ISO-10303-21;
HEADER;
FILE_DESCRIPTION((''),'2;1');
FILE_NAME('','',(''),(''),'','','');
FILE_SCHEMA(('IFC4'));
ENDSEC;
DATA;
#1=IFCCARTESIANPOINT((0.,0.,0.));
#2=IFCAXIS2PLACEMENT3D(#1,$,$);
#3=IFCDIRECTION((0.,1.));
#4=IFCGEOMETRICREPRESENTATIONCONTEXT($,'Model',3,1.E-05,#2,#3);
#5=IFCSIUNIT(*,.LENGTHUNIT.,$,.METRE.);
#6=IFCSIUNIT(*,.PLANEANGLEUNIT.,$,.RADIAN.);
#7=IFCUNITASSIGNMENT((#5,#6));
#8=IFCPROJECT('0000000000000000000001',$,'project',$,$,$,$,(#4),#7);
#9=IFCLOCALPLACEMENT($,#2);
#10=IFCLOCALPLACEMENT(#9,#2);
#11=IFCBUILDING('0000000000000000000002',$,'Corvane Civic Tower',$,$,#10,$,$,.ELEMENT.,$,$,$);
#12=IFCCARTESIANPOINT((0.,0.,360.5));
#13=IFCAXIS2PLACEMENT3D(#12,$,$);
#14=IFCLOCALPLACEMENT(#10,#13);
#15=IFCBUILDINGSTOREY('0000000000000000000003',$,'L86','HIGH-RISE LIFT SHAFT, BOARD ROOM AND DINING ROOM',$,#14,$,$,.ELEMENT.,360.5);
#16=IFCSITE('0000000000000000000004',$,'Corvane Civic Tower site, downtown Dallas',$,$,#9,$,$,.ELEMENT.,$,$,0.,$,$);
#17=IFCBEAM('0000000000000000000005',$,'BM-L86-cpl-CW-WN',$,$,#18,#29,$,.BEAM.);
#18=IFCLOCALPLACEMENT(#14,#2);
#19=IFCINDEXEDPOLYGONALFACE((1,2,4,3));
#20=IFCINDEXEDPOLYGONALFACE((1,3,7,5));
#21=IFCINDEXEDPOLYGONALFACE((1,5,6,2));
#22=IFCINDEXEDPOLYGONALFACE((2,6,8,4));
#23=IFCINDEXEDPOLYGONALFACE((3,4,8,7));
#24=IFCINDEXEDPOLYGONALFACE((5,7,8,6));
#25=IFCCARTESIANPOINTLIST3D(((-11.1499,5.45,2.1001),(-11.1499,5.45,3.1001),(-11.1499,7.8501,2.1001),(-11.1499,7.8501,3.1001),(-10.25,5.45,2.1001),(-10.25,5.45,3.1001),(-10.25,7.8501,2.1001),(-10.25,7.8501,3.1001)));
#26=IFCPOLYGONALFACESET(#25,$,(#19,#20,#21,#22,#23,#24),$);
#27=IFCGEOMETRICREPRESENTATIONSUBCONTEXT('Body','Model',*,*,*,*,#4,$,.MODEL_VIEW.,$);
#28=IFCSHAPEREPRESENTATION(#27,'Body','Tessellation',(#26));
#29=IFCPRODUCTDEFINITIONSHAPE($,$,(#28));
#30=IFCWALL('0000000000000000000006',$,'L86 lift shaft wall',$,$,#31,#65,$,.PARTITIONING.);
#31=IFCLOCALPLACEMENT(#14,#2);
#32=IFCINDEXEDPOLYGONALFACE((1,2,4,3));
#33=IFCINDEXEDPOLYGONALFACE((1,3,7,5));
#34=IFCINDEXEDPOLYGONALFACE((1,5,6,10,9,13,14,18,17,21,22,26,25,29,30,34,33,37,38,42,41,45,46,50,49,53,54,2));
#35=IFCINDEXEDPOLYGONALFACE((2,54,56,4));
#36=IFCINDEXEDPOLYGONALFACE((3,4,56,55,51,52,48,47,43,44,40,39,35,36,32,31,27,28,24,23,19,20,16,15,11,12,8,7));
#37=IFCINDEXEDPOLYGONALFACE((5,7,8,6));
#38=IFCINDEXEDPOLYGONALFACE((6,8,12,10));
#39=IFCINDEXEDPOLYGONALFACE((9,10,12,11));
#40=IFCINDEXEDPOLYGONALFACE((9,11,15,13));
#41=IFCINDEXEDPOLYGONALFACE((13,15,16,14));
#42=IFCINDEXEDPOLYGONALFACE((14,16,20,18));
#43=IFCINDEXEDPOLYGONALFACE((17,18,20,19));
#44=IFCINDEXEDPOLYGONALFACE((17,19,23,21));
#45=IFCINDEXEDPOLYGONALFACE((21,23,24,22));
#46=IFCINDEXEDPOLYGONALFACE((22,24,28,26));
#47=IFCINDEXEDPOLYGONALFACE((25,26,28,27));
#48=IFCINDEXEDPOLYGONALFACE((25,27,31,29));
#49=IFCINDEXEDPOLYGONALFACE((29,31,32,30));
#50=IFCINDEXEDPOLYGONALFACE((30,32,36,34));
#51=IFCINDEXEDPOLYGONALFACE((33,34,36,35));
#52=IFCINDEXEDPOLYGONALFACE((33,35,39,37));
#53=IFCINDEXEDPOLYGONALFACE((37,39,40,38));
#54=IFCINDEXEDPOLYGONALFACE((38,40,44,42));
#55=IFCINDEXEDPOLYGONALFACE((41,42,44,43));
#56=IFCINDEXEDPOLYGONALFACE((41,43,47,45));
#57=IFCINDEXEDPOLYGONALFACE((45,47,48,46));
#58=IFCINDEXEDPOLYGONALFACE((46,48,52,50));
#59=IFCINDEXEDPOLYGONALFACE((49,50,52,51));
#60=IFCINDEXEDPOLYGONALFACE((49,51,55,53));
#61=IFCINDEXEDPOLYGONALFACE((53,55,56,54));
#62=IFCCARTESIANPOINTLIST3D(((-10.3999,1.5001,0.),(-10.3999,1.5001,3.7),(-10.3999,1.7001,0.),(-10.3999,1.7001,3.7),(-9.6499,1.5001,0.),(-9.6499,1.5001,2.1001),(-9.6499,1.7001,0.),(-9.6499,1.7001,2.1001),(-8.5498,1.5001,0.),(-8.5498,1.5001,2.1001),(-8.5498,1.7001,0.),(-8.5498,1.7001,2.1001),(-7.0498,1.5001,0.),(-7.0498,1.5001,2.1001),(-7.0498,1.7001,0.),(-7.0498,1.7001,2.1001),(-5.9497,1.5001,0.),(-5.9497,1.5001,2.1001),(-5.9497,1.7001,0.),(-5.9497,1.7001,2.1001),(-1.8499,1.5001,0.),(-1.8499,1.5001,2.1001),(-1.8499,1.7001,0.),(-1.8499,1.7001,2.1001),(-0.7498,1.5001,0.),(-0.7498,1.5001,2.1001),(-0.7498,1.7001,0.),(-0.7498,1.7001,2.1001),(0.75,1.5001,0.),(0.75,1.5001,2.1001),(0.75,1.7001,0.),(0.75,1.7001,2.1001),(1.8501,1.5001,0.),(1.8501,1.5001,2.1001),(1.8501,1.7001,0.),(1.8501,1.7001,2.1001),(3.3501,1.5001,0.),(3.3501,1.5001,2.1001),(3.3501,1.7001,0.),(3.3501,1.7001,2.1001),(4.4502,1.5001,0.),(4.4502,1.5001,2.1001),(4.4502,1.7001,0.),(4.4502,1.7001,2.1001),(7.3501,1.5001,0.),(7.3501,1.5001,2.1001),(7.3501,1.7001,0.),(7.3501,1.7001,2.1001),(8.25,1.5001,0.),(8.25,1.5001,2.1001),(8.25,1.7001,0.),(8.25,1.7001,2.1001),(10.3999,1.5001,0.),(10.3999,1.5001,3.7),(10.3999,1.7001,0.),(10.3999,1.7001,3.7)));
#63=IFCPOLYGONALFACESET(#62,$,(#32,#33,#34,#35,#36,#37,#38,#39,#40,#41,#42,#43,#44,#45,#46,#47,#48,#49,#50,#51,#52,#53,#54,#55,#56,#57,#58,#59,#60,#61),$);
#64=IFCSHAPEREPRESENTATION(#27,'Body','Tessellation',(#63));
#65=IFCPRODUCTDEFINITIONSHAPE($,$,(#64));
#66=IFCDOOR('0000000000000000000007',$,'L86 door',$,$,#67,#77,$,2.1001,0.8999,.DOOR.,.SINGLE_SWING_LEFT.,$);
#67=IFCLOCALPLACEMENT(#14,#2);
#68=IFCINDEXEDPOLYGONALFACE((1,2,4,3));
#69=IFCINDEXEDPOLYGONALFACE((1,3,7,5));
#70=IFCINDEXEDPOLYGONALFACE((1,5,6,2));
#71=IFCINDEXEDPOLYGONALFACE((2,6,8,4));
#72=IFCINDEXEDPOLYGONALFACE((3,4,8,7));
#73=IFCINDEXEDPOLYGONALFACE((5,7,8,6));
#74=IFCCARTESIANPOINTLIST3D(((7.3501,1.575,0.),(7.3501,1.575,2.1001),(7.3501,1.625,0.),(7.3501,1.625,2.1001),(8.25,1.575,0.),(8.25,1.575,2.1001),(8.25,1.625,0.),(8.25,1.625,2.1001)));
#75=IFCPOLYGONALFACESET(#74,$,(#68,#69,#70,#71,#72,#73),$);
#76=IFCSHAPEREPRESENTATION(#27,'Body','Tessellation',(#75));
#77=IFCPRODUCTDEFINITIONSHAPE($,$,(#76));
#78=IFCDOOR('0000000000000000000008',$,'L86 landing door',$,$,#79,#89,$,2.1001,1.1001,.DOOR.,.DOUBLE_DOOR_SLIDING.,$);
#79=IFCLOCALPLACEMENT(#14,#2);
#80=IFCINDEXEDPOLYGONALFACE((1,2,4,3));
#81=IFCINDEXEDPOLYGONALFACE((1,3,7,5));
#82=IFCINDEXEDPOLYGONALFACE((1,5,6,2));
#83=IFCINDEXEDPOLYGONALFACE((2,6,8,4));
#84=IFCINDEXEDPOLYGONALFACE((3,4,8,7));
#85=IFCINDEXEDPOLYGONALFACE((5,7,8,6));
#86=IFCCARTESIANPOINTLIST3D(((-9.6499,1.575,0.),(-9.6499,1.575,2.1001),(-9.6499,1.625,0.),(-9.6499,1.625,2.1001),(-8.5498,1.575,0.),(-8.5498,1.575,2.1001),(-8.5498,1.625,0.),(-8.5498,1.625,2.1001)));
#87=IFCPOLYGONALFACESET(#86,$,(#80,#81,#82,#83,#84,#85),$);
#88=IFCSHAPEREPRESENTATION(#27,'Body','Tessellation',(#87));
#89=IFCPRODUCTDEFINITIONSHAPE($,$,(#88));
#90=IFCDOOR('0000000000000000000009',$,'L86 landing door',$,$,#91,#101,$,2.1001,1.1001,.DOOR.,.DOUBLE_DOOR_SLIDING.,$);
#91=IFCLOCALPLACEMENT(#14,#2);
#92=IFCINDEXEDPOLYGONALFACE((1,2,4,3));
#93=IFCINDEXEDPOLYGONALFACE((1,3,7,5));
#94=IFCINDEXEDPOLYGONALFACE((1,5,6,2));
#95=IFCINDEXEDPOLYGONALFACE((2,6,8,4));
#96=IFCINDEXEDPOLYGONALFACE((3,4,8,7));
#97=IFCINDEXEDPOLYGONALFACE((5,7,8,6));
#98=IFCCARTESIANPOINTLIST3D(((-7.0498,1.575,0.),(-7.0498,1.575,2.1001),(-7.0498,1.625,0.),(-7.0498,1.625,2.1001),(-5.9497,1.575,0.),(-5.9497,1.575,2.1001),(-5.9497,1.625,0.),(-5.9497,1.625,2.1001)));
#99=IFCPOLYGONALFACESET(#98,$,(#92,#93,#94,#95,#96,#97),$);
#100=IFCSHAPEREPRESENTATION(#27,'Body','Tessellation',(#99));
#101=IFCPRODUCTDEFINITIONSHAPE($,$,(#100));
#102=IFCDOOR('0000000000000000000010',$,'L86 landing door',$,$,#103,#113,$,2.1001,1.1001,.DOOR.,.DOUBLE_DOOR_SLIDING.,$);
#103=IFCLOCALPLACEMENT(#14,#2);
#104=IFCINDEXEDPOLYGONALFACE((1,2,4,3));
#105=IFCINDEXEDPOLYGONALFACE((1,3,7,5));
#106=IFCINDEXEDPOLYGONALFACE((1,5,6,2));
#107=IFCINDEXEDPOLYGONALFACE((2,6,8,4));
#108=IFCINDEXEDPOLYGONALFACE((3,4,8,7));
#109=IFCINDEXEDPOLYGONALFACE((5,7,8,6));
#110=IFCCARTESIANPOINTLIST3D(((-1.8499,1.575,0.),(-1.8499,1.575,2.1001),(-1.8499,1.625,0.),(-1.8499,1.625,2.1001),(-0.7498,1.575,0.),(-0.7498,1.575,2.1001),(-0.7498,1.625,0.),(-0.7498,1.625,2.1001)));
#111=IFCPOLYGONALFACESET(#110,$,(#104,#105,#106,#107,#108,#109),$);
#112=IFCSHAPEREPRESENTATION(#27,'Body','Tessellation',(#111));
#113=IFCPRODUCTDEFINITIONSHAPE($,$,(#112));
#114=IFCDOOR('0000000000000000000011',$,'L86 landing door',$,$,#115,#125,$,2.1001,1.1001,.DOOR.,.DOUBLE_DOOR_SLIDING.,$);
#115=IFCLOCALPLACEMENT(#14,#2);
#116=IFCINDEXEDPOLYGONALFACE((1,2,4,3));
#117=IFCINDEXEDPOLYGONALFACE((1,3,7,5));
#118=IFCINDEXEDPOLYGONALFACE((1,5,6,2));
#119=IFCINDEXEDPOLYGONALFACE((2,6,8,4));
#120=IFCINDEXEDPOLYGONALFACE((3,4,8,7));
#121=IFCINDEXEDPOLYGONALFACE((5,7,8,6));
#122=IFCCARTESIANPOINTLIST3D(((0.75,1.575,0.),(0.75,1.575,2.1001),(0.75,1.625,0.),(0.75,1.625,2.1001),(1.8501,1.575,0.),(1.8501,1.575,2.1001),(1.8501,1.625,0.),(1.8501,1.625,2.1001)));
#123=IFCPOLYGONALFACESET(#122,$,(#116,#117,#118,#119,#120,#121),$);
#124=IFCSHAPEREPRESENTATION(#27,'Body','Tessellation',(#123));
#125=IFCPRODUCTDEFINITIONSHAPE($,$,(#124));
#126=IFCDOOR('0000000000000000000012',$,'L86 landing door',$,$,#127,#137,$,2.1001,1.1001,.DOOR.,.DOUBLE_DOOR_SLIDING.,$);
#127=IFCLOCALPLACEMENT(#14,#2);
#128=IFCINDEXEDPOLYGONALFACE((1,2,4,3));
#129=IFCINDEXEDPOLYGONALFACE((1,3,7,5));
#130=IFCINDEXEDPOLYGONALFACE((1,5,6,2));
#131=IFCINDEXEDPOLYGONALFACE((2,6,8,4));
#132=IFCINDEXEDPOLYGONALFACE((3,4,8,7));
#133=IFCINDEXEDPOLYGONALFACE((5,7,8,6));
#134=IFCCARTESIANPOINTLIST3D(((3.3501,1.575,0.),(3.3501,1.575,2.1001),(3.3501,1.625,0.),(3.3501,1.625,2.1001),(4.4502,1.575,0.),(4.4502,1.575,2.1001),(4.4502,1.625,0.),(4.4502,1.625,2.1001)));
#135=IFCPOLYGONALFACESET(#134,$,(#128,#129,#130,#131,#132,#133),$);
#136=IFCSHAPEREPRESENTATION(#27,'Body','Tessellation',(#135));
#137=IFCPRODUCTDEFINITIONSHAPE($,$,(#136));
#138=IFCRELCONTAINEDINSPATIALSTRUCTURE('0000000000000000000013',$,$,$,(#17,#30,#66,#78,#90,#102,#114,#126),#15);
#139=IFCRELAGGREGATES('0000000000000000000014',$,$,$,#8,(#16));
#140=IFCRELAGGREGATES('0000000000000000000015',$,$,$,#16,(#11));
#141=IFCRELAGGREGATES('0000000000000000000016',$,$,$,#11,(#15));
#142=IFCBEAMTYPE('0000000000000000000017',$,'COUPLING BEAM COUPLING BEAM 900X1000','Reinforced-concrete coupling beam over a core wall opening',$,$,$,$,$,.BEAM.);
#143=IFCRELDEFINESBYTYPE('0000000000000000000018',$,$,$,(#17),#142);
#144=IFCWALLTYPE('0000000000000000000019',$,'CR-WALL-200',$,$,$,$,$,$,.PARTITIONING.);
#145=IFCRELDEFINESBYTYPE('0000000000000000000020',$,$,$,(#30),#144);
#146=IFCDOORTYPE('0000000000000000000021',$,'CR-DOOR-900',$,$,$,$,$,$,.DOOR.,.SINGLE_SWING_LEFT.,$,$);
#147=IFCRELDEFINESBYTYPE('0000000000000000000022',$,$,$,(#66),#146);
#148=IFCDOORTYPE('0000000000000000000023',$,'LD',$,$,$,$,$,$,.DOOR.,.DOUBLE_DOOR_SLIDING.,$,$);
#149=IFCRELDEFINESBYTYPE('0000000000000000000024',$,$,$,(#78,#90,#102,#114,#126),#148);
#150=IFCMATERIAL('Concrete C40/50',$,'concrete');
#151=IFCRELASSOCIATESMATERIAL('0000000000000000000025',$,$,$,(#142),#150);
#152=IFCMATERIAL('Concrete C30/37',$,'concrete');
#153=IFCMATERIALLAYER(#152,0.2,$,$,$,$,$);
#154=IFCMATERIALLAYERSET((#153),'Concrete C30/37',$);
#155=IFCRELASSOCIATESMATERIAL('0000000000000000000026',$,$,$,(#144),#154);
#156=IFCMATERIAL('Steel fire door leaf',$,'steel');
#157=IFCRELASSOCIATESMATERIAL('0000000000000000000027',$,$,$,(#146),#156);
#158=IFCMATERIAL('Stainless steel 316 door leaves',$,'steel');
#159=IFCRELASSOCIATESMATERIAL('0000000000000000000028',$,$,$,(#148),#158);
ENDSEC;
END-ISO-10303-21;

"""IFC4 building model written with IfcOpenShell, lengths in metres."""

from ifc_helpers import new_model, si_unit, direction, frame, frame_2d, origin, origin_2d, place, context, subcontext, project, spatial, rectangle, extrude, material, layer, layer_set, material_profile, profile_set, type_object, element, fill, save


model = new_model("IFC4")

# Units and contexts
model_context = context("Model", 3, precision=1e-05, world=origin(), true_north=direction((0.0, 1.0)))
body_context = subcontext(model_context, "Body", "Model", "MODEL_VIEW")
ifc_project = project(units=[si_unit("LENGTHUNIT", "METRE"), si_unit("PLANEANGLEUNIT", "RADIAN")], contexts=[model_context])

# Site, building, storey
site_placement = place(None, origin())
site = spatial("IfcSite", under=ifc_project, at=site_placement, Name="Corvane Civic Tower site, downtown Dallas", CompositionType="ELEMENT", RefElevation=0.0)
building_placement = place(site_placement, origin())
building = spatial("IfcBuilding", under=site, at=building_placement, Name="Corvane Civic Tower", CompositionType="ELEMENT")
storey_placement = place(building_placement, frame((0.0, 0.0, 360.5)))
storey = spatial("IfcBuildingStorey", under=building, at=storey_placement, Name="L86", Description="HIGH-RISE LIFT SHAFT, BOARD ROOM AND DINING ROOM", CompositionType="ELEMENT", Elevation=360.5)

# Beam
ifc_material_1 = material(Name="Concrete C40/50", Category="concrete")
ifc_material_profile = material_profile(ifc_material_1, rectangle(XDim=0.8999, YDim=1.0, at=origin_2d()), Name="COUPLING BEAM 900X1000")
ifc_profile_set = profile_set([ifc_material_profile], Name="Concrete C40/50")
beam_type = type_object("IfcBeamType", Name="COUPLING BEAM COUPLING BEAM 900X1000", Description="Reinforced-concrete coupling beam over a core wall opening", PredefinedType="BEAM", material=ifc_profile_set)
beam_placement = place(storey_placement, frame((-10.7, 5.45, 2.6001), z_axis=(0.0, 1.0, 0.0), x_axis=(-1.0, 0.0, 0.0)))
element("IfcBeam", 1, at=beam_placement, inside=storey, type_object=beam_type, Name="BM-L86-cpl-CW-WN", PredefinedType="BEAM", context=body_context, shape_type="SweptSolid", body=[
    extrude(rectangle(XDim=0.8999, YDim=1.0, at=origin_2d()), origin(), (0.0, 0.0, 1.0), 2.4001),
])

# Wall, openings, doors
ifc_material_2 = material(Name="Concrete C30/37", Category="concrete")
ifc_layer_1 = layer(ifc_material_2, 0.2)
ifc_layer_set_1 = layer_set([ifc_layer_1], Name="Concrete C30/37")
wall_type_1 = type_object("IfcWallType", Name="CR-WALL-200", PredefinedType="PARTITIONING", material=ifc_layer_set_1)
wall_1_placement = place(storey_placement, frame((-10.3999, 1.6001, 0.0), z_axis=(0.0, 0.0, 1.0), x_axis=(1.0, 0.0, 0.0)))
wall_1 = element("IfcWall", 2, at=wall_1_placement, inside=storey, type_object=wall_type_1, Name="L86 lift shaft wall", PredefinedType="PARTITIONING", context=body_context, shape_type="SweptSolid", body=[
    extrude(rectangle(XDim=20.7998, YDim=0.2, at=frame_2d((10.3999, 0.0))), origin(), (0.0, 0.0, 1.0), 3.7),
])
opening_1_placement = place(wall_1_placement, frame((0.75, 0.0, 0.0)))
opening_1 = element("IfcOpeningElement", 3, at=opening_1_placement, cuts=wall_1, PredefinedType="OPENING", context=body_context, shape_type="SweptSolid", body=[
    extrude(rectangle(XDim=1.1001, YDim=2.1001, at=frame_2d((0.55, 1.05))), frame((0.0, 0.1099, 0.0), z_axis=(0.0, -1.0, 0.0), x_axis=(1.0, 0.0, 0.0)), (0.0, 0.0, 1.0), 0.22),
])
opening_2_placement = place(wall_1_placement, frame((3.3501, 0.0, 0.0)))
opening_2 = element("IfcOpeningElement", 4, at=opening_2_placement, cuts=wall_1, PredefinedType="OPENING", context=body_context, shape_type="SweptSolid", body=[
    extrude(rectangle(XDim=1.1001, YDim=2.1001, at=frame_2d((0.55, 1.05))), frame((0.0, 0.1099, 0.0), z_axis=(0.0, -1.0, 0.0), x_axis=(1.0, 0.0, 0.0)), (0.0, 0.0, 1.0), 0.22),
])
opening_3_placement = place(wall_1_placement, frame((8.55, 0.0, 0.0)))
opening_3 = element("IfcOpeningElement", 5, at=opening_3_placement, cuts=wall_1, PredefinedType="OPENING", context=body_context, shape_type="SweptSolid", body=[
    extrude(rectangle(XDim=1.1001, YDim=2.1001, at=frame_2d((0.55, 1.05))), frame((0.0, 0.1099, 0.0), z_axis=(0.0, -1.0, 0.0), x_axis=(1.0, 0.0, 0.0)), (0.0, 0.0, 1.0), 0.22),
])
opening_4_placement = place(wall_1_placement, frame((11.1499, 0.0, 0.0)))
opening_4 = element("IfcOpeningElement", 6, at=opening_4_placement, cuts=wall_1, PredefinedType="OPENING", context=body_context, shape_type="SweptSolid", body=[
    extrude(rectangle(XDim=1.1001, YDim=2.1001, at=frame_2d((0.55, 1.05))), frame((0.0, 0.1099, 0.0), z_axis=(0.0, -1.0, 0.0), x_axis=(1.0, 0.0, 0.0)), (0.0, 0.0, 1.0), 0.22),
])
opening_5_placement = place(wall_1_placement, frame((13.75, 0.0, 0.0)))
opening_5 = element("IfcOpeningElement", 7, at=opening_5_placement, cuts=wall_1, PredefinedType="OPENING", context=body_context, shape_type="SweptSolid", body=[
    extrude(rectangle(XDim=1.1001, YDim=2.1001, at=frame_2d((0.55, 1.05))), frame((0.0, 0.1099, 0.0), z_axis=(0.0, -1.0, 0.0), x_axis=(1.0, 0.0, 0.0)), (0.0, 0.0, 1.0), 0.22),
])
opening_6_placement = place(wall_1_placement, frame((17.75, 0.0, 0.0)))
opening_6 = element("IfcOpeningElement", 8, at=opening_6_placement, cuts=wall_1, PredefinedType="OPENING", context=body_context, shape_type="SweptSolid", body=[
    extrude(rectangle(XDim=0.8999, YDim=2.1001, at=frame_2d((0.45, 1.05))), frame((0.0, 0.1099, 0.0), z_axis=(0.0, -1.0, 0.0), x_axis=(1.0, 0.0, 0.0)), (0.0, 0.0, 1.0), 0.22),
])
ifc_material_3 = material(Name="Steel fire door leaf", Category="steel")
door_type_1 = type_object("IfcDoorType", Name="CR-DOOR-900", OperationType="SINGLE_SWING_LEFT", PredefinedType="DOOR", material=ifc_material_3)
door_1_placement = place(opening_6_placement, origin())
door_1 = element("IfcDoor", 9, at=door_1_placement, inside=storey, type_object=door_type_1, Name="L86 door", OperationType="SINGLE_SWING_LEFT", OverallHeight=2.1001, OverallWidth=0.8999, PredefinedType="DOOR", context=body_context, shape_type="SweptSolid", body=[
    extrude(rectangle(XDim=0.8999, YDim=2.1001, at=frame_2d((0.45, 1.05))), frame((0.0, 0.0249, 0.0), z_axis=(0.0, -1.0, 0.0), x_axis=(1.0, 0.0, 0.0)), (0.0, 0.0, 1.0), 0.05),
])
fill(opening_6, door_1)
ifc_material_4 = material(Name="Stainless steel 316 door leaves", Category="steel")
door_type_2 = type_object("IfcDoorType", Name="LD", OperationType="DOUBLE_DOOR_SLIDING", PredefinedType="DOOR", material=ifc_material_4)
door_2_placement = place(opening_1_placement, origin())
door_2 = element("IfcDoor", 10, at=door_2_placement, inside=storey, type_object=door_type_2, Name="L86 landing door", OperationType="DOUBLE_DOOR_SLIDING", OverallHeight=2.1001, OverallWidth=1.1001, PredefinedType="DOOR", context=body_context, shape_type="SweptSolid", body=[
    extrude(rectangle(XDim=1.1001, YDim=2.1001, at=frame_2d((0.55, 1.05))), frame((0.0, 0.0249, 0.0), z_axis=(0.0, -1.0, 0.0), x_axis=(1.0, 0.0, 0.0)), (0.0, 0.0, 1.0), 0.05),
])
fill(opening_1, door_2)
door_3_placement = place(opening_2_placement, origin())
door_3 = element("IfcDoor", 11, at=door_3_placement, inside=storey, type_object=door_type_2, Name="L86 landing door", OperationType="DOUBLE_DOOR_SLIDING", OverallHeight=2.1001, OverallWidth=1.1001, PredefinedType="DOOR", context=body_context, shape_type="SweptSolid", body=[
    extrude(rectangle(XDim=1.1001, YDim=2.1001, at=frame_2d((0.55, 1.05))), frame((0.0, 0.0249, 0.0), z_axis=(0.0, -1.0, 0.0), x_axis=(1.0, 0.0, 0.0)), (0.0, 0.0, 1.0), 0.05),
])
fill(opening_2, door_3)
door_4_placement = place(opening_3_placement, origin())
door_4 = element("IfcDoor", 12, at=door_4_placement, inside=storey, type_object=door_type_2, Name="L86 landing door", OperationType="DOUBLE_DOOR_SLIDING", OverallHeight=2.1001, OverallWidth=1.1001, PredefinedType="DOOR", context=body_context, shape_type="SweptSolid", body=[
    extrude(rectangle(XDim=1.1001, YDim=2.1001, at=frame_2d((0.55, 1.05))), frame((0.0, 0.0249, 0.0), z_axis=(0.0, -1.0, 0.0), x_axis=(1.0, 0.0, 0.0)), (0.0, 0.0, 1.0), 0.05),
])
fill(opening_3, door_4)
door_5_placement = place(opening_4_placement, origin())
door_5 = element("IfcDoor", 13, at=door_5_placement, inside=storey, type_object=door_type_2, Name="L86 landing door", OperationType="DOUBLE_DOOR_SLIDING", OverallHeight=2.1001, OverallWidth=1.1001, PredefinedType="DOOR", context=body_context, shape_type="SweptSolid", body=[
    extrude(rectangle(XDim=1.1001, YDim=2.1001, at=frame_2d((0.55, 1.05))), frame((0.0, 0.0249, 0.0), z_axis=(0.0, -1.0, 0.0), x_axis=(1.0, 0.0, 0.0)), (0.0, 0.0, 1.0), 0.05),
])
fill(opening_4, door_5)
door_6_placement = place(opening_5_placement, origin())
door_6 = element("IfcDoor", 14, at=door_6_placement, inside=storey, type_object=door_type_2, Name="L86 landing door", OperationType="DOUBLE_DOOR_SLIDING", OverallHeight=2.1001, OverallWidth=1.1001, PredefinedType="DOOR", context=body_context, shape_type="SweptSolid", body=[
    extrude(rectangle(XDim=1.1001, YDim=2.1001, at=frame_2d((0.55, 1.05))), frame((0.0, 0.0249, 0.0), z_axis=(0.0, -1.0, 0.0), x_axis=(1.0, 0.0, 0.0)), (0.0, 0.0, 1.0), 0.05),
])
fill(opening_5, door_6)

save(model, "model.ifc")
